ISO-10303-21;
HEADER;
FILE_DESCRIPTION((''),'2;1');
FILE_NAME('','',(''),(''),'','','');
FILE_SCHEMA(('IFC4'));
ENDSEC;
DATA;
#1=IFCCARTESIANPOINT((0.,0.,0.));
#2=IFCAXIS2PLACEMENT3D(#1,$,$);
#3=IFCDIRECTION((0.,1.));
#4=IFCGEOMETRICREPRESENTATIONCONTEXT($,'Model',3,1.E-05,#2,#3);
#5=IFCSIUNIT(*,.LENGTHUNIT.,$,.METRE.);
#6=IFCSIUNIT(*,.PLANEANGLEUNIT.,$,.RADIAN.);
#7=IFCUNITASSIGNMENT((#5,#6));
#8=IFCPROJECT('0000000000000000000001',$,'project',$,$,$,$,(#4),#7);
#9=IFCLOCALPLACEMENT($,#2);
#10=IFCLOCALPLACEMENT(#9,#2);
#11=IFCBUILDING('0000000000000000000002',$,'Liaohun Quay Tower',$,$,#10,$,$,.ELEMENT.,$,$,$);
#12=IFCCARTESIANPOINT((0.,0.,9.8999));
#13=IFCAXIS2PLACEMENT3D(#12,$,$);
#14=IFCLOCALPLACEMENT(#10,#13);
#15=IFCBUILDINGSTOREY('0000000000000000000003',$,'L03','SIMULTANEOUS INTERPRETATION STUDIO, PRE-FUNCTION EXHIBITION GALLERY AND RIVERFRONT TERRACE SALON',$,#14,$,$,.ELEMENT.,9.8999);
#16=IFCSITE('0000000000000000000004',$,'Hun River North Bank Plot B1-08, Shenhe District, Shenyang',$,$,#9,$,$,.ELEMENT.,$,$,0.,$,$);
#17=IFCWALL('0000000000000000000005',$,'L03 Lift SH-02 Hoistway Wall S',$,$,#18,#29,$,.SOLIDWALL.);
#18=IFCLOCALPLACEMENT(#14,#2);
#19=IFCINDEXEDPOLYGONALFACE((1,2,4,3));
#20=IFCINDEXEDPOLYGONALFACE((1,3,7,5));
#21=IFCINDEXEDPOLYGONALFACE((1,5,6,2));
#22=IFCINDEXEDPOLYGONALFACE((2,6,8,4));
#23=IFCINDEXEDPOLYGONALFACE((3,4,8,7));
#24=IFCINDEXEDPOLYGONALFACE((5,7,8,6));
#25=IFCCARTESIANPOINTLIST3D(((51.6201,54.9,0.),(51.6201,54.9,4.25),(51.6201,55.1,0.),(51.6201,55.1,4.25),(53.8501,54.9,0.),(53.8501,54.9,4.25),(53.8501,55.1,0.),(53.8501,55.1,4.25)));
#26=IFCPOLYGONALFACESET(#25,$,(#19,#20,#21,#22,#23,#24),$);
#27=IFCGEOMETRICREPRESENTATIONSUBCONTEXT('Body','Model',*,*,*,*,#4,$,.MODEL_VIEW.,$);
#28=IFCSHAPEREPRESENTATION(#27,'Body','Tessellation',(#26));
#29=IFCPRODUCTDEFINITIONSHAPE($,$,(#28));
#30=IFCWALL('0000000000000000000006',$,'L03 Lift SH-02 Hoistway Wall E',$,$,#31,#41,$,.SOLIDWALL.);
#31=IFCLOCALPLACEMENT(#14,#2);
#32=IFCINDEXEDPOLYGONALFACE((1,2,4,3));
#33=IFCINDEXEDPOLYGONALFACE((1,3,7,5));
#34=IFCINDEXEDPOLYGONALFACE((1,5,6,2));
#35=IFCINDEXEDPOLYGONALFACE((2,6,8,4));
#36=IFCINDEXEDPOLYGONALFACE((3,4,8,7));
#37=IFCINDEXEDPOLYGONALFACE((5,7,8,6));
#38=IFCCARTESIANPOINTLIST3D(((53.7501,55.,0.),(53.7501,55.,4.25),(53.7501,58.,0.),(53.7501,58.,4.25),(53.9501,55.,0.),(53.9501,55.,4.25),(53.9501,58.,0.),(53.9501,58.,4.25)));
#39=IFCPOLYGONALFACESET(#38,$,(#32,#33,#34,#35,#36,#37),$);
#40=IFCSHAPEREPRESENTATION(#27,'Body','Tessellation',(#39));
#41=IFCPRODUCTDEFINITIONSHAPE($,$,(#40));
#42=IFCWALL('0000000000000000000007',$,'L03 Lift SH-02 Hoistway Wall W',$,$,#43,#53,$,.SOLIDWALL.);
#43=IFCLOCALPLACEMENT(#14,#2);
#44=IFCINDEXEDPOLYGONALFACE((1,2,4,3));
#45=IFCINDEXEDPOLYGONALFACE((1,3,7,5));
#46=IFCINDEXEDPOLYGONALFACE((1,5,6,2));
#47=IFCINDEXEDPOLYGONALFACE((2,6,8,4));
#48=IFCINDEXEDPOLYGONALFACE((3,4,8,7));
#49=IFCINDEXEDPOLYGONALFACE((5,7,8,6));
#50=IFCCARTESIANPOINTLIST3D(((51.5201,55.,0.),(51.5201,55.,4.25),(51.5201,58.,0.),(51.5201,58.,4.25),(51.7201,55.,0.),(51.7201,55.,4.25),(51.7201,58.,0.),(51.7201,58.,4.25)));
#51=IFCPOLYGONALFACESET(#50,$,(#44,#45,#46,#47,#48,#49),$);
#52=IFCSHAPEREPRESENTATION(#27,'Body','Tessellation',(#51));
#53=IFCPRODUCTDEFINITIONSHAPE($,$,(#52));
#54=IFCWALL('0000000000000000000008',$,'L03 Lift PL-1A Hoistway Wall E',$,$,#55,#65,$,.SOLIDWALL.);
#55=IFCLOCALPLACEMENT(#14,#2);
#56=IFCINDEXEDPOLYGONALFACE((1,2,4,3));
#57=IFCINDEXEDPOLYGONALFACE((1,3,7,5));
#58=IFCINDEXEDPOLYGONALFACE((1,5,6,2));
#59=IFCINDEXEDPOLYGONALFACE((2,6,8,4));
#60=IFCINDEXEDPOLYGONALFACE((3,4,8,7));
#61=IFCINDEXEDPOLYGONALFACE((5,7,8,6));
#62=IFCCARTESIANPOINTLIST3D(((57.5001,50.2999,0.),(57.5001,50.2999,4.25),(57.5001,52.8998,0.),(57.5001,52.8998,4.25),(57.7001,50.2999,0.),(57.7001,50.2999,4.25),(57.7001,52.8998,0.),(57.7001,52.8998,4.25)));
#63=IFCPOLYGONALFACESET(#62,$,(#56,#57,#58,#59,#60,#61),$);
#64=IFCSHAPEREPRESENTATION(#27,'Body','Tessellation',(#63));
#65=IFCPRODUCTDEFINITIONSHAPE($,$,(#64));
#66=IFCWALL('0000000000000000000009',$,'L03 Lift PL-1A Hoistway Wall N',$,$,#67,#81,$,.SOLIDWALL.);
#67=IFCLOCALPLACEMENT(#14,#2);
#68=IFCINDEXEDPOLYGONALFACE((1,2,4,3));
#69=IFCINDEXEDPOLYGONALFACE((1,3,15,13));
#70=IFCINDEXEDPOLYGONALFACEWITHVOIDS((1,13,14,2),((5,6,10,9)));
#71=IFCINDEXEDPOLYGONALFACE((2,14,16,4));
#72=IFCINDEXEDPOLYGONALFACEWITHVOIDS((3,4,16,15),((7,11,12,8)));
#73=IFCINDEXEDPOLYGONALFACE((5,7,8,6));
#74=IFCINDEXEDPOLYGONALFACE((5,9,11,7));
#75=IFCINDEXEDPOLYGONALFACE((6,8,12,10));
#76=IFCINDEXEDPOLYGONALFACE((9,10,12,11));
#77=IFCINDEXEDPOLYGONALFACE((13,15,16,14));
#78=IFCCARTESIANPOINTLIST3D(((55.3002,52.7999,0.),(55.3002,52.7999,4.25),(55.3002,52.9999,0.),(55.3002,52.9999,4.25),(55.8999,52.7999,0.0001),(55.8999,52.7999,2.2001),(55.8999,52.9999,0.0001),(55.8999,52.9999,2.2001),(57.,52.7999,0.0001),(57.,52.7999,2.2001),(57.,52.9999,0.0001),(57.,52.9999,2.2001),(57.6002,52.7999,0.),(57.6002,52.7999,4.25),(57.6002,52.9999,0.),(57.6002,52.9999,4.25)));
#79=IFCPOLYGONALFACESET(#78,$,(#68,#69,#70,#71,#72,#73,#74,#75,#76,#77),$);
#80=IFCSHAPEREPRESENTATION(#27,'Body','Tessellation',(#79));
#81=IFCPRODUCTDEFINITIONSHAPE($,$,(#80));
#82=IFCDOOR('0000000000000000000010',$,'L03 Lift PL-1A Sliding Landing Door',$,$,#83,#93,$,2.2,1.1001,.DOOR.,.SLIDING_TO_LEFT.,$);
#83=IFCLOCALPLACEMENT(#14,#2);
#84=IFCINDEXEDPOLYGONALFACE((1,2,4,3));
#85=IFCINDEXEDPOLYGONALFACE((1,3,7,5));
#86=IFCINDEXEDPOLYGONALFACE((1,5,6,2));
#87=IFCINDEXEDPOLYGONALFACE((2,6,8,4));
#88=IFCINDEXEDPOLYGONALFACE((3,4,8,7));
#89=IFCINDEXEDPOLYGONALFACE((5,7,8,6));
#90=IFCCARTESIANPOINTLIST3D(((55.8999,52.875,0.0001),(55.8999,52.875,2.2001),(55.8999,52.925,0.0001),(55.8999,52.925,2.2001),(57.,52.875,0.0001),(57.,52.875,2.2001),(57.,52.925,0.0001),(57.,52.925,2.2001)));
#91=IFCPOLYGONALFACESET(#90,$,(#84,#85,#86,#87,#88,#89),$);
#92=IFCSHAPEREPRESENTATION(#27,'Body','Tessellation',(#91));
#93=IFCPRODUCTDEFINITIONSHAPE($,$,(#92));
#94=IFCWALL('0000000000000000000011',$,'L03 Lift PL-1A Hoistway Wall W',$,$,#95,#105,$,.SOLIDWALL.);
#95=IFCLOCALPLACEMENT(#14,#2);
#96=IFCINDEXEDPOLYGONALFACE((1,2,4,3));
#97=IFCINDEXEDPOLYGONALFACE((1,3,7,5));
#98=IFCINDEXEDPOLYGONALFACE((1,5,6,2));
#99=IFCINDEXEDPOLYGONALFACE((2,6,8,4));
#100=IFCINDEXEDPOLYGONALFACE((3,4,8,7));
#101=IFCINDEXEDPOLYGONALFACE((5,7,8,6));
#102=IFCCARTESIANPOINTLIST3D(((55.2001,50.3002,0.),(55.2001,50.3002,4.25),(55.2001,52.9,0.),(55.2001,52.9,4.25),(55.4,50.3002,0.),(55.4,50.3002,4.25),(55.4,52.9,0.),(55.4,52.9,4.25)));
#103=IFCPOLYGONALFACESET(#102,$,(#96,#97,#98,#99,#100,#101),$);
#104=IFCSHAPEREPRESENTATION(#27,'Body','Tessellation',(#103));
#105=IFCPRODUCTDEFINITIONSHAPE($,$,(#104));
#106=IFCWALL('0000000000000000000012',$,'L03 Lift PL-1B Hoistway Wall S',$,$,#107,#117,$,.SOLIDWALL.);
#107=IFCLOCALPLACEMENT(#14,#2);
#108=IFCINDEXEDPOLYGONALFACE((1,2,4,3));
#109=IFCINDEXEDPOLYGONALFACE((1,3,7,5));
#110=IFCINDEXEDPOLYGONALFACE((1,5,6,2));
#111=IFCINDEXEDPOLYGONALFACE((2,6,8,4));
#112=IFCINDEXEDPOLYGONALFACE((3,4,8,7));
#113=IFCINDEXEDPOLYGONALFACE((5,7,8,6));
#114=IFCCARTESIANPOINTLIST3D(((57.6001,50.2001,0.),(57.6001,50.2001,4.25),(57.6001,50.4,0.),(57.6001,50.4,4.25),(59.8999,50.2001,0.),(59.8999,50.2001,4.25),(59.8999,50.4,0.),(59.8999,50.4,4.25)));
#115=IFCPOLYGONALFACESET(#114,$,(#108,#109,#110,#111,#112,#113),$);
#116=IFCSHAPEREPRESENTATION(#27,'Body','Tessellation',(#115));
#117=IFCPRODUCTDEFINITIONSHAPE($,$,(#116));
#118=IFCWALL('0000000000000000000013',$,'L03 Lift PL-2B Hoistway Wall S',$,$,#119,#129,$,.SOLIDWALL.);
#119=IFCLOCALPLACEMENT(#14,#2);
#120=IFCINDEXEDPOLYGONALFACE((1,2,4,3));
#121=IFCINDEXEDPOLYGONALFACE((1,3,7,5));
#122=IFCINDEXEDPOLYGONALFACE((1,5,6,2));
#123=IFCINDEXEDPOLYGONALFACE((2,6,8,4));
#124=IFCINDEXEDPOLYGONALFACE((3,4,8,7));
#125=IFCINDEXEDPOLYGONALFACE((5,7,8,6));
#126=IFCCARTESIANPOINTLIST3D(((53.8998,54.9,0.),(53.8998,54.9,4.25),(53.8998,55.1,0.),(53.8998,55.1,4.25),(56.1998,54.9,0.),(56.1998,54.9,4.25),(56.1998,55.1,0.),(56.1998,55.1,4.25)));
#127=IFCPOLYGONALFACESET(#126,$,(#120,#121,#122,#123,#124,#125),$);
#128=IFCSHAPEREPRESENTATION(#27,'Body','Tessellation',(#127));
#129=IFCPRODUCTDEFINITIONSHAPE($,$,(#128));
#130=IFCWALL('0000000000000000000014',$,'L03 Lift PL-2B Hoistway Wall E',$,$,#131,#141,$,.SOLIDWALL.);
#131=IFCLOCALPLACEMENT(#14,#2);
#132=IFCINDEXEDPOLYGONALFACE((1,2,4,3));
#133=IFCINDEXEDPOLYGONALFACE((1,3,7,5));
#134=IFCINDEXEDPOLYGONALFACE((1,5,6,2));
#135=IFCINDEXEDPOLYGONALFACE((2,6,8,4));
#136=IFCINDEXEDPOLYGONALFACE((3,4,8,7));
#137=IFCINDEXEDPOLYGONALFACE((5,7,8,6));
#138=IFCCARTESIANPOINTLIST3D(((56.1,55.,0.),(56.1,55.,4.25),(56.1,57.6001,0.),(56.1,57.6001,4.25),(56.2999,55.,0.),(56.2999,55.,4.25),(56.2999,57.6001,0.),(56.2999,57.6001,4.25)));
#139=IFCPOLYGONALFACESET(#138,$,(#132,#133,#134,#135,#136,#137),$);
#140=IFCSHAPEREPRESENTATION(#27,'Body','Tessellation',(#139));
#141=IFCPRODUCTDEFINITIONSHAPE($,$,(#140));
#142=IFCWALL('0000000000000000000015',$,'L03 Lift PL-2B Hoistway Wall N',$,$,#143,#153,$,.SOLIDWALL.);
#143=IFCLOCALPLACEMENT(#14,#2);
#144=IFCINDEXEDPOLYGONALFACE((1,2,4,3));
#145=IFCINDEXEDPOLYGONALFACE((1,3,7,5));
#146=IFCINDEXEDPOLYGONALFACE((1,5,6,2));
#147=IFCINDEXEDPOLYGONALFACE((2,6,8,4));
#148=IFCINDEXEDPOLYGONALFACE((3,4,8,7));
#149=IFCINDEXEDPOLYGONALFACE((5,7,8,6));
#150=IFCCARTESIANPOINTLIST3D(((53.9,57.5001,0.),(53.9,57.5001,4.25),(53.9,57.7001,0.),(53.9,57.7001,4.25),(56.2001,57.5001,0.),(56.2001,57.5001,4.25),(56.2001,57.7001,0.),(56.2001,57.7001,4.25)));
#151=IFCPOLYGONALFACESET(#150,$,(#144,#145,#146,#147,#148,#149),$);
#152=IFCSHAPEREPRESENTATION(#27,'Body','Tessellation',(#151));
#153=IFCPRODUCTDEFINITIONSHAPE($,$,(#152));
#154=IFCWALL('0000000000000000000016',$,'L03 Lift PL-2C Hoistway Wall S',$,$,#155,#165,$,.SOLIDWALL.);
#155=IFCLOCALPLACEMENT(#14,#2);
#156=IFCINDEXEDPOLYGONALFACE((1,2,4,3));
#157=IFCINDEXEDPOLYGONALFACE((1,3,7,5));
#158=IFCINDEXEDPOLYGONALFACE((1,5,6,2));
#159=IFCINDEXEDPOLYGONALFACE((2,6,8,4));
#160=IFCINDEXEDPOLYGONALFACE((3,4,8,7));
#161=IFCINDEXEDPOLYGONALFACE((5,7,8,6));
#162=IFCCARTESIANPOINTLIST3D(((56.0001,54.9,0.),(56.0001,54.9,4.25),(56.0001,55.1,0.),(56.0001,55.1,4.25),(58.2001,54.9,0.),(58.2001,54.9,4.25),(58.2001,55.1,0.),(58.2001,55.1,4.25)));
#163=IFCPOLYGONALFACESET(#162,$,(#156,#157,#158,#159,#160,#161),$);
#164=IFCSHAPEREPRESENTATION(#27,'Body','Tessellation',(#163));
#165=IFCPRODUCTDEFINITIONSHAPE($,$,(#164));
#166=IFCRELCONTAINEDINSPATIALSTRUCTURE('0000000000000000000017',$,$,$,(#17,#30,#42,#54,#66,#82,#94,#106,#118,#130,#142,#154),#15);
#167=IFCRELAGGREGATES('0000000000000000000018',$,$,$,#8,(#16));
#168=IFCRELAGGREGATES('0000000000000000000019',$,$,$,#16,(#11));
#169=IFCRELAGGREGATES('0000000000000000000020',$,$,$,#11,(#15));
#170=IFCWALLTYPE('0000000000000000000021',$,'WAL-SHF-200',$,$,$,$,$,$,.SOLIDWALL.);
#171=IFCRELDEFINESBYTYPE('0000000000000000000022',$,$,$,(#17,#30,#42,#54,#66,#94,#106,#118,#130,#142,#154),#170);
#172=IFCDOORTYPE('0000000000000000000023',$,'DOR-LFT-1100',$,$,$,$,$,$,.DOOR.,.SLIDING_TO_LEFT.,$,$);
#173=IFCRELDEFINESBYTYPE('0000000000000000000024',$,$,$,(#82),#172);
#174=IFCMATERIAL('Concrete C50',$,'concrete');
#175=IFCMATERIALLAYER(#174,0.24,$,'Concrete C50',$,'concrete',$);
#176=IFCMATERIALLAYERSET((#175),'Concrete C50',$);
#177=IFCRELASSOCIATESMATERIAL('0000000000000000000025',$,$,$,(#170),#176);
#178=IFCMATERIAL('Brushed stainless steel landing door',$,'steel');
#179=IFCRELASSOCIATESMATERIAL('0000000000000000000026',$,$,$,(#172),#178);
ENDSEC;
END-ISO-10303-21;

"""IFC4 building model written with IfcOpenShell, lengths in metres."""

from ifc_helpers import new_model, si_unit, direction, frame, frame_2d, origin, place, context, subcontext, project, spatial, rectangle, extrude, source, transform, mapped, material, layer, layer_set, type_object, element, fill, save


model = new_model("IFC4")

# Units and contexts
model_context = context("Model", 3, precision=1e-05, world=origin(), true_north=direction((0.0, 1.0)))
body_context = subcontext(model_context, "Body", "Model", "MODEL_VIEW")
ifc_project = project(units=[si_unit("LENGTHUNIT", "METRE"), si_unit("PLANEANGLEUNIT", "RADIAN")], contexts=[model_context])

# Site, building, storey
site_placement = place(None, origin())
site = spatial("IfcSite", under=ifc_project, at=site_placement, Name="Hun River North Bank Plot B1-08, Shenhe District, Shenyang", CompositionType="ELEMENT", RefElevation=0.0)
building_placement = place(site_placement, origin())
building = spatial("IfcBuilding", under=site, at=building_placement, Name="Liaohun Quay Tower", CompositionType="ELEMENT")
storey_placement = place(building_placement, frame((0.0, 0.0, 9.8999)))
storey = spatial("IfcBuildingStorey", under=building, at=storey_placement, Name="L03", Description="SIMULTANEOUS INTERPRETATION STUDIO, PRE-FUNCTION EXHIBITION GALLERY AND RIVERFRONT TERRACE SALON", CompositionType="ELEMENT", Elevation=9.8999)

# Walls
ifc_material_1 = material(Name="Concrete C50", Category="concrete")
ifc_layer_1 = layer(ifc_material_1, 0.24, Name="Concrete C50", Category="concrete")
ifc_layer_set_1 = layer_set([ifc_layer_1], Name="Concrete C50")
wall_type_1 = type_object("IfcWallType", Name="WAL-SHF-200", PredefinedType="SOLIDWALL", material=ifc_layer_set_1)
wall_1_placement = place(storey_placement, frame((51.6201, 55.0, 0.0), z_axis=(0.0, 0.0, 1.0), x_axis=(1.0, 0.0, 0.0)))
element("IfcWall", 1, at=wall_1_placement, inside=storey, type_object=wall_type_1, Name="L03 Lift SH-02 Hoistway Wall S", PredefinedType="SOLIDWALL", context=body_context, shape_type="SweptSolid", body=[
    extrude(rectangle(XDim=2.23, YDim=0.2, at=frame_2d((1.115, 0.0))), origin(), (0.0, 0.0, 1.0), 4.25),
])
for number, where, z_axis, x_axis, name in (
    (2, (53.8501, 55.0, 0.0), (0.0, 0.0, 1.0), (0.0, 1.0, 0.0), "L03 Lift SH-02 Hoistway Wall E"),
    (3, (51.6201, 58.0, 0.0), (0.0, 0.0, 1.0), (0.0, -1.0, 0.0), "L03 Lift SH-02 Hoistway Wall W"),
):
    element("IfcWall", number, at=place(storey_placement, frame(where, z_axis=z_axis, x_axis=x_axis)), inside=storey, type_object=wall_type_1, Name=name, PredefinedType="SOLIDWALL", context=body_context, shape_type="SweptSolid", body=[
        extrude(rectangle(XDim=3.0, YDim=0.2, at=frame_2d((1.5, 0.0))), origin(), (0.0, 0.0, 1.0), 4.25),
    ])
wall_2_placement = place(storey_placement, frame((57.6001, 50.3, 0.0), z_axis=(0.0, 0.0, 1.0), x_axis=(0.0, 1.0, 0.0)))
element("IfcWall", 4, at=wall_2_placement, inside=storey, type_object=wall_type_1, Name="L03 Lift PL-1A Hoistway Wall E", PredefinedType="SOLIDWALL", context=body_context, shape_type="SweptSolid", body=[
    extrude(rectangle(XDim=2.5999, YDim=0.2, at=frame_2d((1.2998, 0.0))), origin(), (0.0, 0.0, 1.0), 4.25),
])

# Wall, opening, door
wall_3_placement = place(storey_placement, frame((57.6001, 52.8999, 0.0), z_axis=(0.0, 0.0, 1.0), x_axis=(-1.0, 0.0, 0.0)))
wall_3 = element("IfcWall", 5, at=wall_3_placement, inside=storey, type_object=wall_type_1, Name="L03 Lift PL-1A Hoistway Wall N", PredefinedType="SOLIDWALL", context=body_context, shape_type="SweptSolid", body=[
    extrude(rectangle(XDim=2.3, YDim=0.2, at=frame_2d((1.1499, 0.0))), origin(), (0.0, 0.0, 1.0), 4.25),
])
shared_shape_1 = source(origin(), body_context, "Body", "SweptSolid", [
    extrude(rectangle(XDim=1.1001, YDim=2.2, at=frame_2d((0.55, 1.1001))), frame((0.0, 0.1099, 0.0), z_axis=(0.0, -1.0, 0.0), x_axis=(1.0, 0.0, 0.0)), (0.0, 0.0, 1.0), 0.22),
])
opening_1_placement = place(wall_3_placement, frame((0.6001, 0.0, 0.0)))
opening_1 = element("IfcOpeningElement", 6, at=opening_1_placement, cuts=wall_3, PredefinedType="OPENING", context=body_context, shape_type="MappedRepresentation", body=[
    mapped(shared_shape_1, transform((0.0, 0.0, 0.0), x_axis=(1.0, 0.0, 0.0), y_axis=(0.0, 1.0, 0.0), z_axis=(0.0, 0.0, 1.0), scale=1.0)),
])
ifc_material_2 = material(Name="Brushed stainless steel landing door", Category="steel")
door_type_1 = type_object("IfcDoorType", Name="DOR-LFT-1100", OperationType="SLIDING_TO_LEFT", PredefinedType="DOOR", material=ifc_material_2)
shared_shape_2 = source(origin(), body_context, "Body", "SweptSolid", [
    extrude(rectangle(XDim=1.1001, YDim=2.2, at=frame_2d((0.55, 1.1001))), frame((0.0, 0.0249, 0.0), z_axis=(0.0, -1.0, 0.0), x_axis=(1.0, 0.0, 0.0)), (0.0, 0.0, 1.0), 0.05),
])
door_1_placement = place(opening_1_placement, origin())
door_1 = element("IfcDoor", 7, at=door_1_placement, inside=storey, type_object=door_type_1, Name="L03 Lift PL-1A Sliding Landing Door", OperationType="SLIDING_TO_LEFT", OverallHeight=2.2, OverallWidth=1.1001, PredefinedType="DOOR", context=body_context, shape_type="MappedRepresentation", body=[
    mapped(shared_shape_2, transform((0.0, 0.0, 0.0), x_axis=(1.0, 0.0, 0.0), y_axis=(0.0, 1.0, 0.0), z_axis=(0.0, 0.0, 1.0), scale=1.0)),
])
fill(opening_1, door_1)

# Walls
wall_4_placement = place(storey_placement, frame((55.3, 52.8999, 0.0), z_axis=(0.0, 0.0, 1.0), x_axis=(0.0, -1.0, 0.0)))
element("IfcWall", 8, at=wall_4_placement, inside=storey, type_object=wall_type_1, Name="L03 Lift PL-1A Hoistway Wall W", PredefinedType="SOLIDWALL", context=body_context, shape_type="SweptSolid", body=[
    extrude(rectangle(XDim=2.5999, YDim=0.2, at=frame_2d((1.2998, 0.0))), origin(), (0.0, 0.0, 1.0), 4.25),
])
wall_5_placement = place(storey_placement, frame((57.6001, 50.3, 0.0), z_axis=(0.0, 0.0, 1.0), x_axis=(1.0, 0.0, 0.0)))
element("IfcWall", 9, at=wall_5_placement, inside=storey, type_object=wall_type_1, Name="L03 Lift PL-1B Hoistway Wall S", PredefinedType="SOLIDWALL", context=body_context, shape_type="SweptSolid", body=[
    extrude(rectangle(XDim=2.2998, YDim=0.2, at=frame_2d((1.1499, 0.0))), origin(), (0.0, 0.0, 1.0), 4.25),
])
wall_6_placement = place(storey_placement, frame((53.8999, 55.0, 0.0), z_axis=(0.0, 0.0, 1.0), x_axis=(1.0, 0.0, 0.0)))
element("IfcWall", 10, at=wall_6_placement, inside=storey, type_object=wall_type_1, Name="L03 Lift PL-2B Hoistway Wall S", PredefinedType="SOLIDWALL", context=body_context, shape_type="SweptSolid", body=[
    extrude(rectangle(XDim=2.3, YDim=0.2, at=frame_2d((1.1499, 0.0))), origin(), (0.0, 0.0, 1.0), 4.25),
])
wall_7_placement = place(storey_placement, frame((56.2, 55.0, 0.0), z_axis=(0.0, 0.0, 1.0), x_axis=(0.0, 1.0, 0.0)))
element("IfcWall", 11, at=wall_7_placement, inside=storey, type_object=wall_type_1, Name="L03 Lift PL-2B Hoistway Wall E", PredefinedType="SOLIDWALL", context=body_context, shape_type="SweptSolid", body=[
    extrude(rectangle(XDim=2.6001, YDim=0.2, at=frame_2d((1.3, 0.0))), origin(), (0.0, 0.0, 1.0), 4.25),
])
wall_8_placement = place(storey_placement, frame((56.2, 57.6001, 0.0), z_axis=(0.0, 0.0, 1.0), x_axis=(-1.0, 0.0, 0.0)))
element("IfcWall", 12, at=wall_8_placement, inside=storey, type_object=wall_type_1, Name="L03 Lift PL-2B Hoistway Wall N", PredefinedType="SOLIDWALL", context=body_context, shape_type="SweptSolid", body=[
    extrude(rectangle(XDim=2.3, YDim=0.2, at=frame_2d((1.1499, 0.0))), origin(), (0.0, 0.0, 1.0), 4.25),
])
wall_9_placement = place(storey_placement, frame((56.0, 55.0, 0.0), z_axis=(0.0, 0.0, 1.0), x_axis=(1.0, 0.0, 0.0)))
element("IfcWall", 13, at=wall_9_placement, inside=storey, type_object=wall_type_1, Name="L03 Lift PL-2C Hoistway Wall S", PredefinedType="SOLIDWALL", context=body_context, shape_type="SweptSolid", body=[
    extrude(rectangle(XDim=2.2, YDim=0.2, at=frame_2d((1.1001, 0.0))), origin(), (0.0, 0.0, 1.0), 4.25),
])

save(model, "model.ifc")
